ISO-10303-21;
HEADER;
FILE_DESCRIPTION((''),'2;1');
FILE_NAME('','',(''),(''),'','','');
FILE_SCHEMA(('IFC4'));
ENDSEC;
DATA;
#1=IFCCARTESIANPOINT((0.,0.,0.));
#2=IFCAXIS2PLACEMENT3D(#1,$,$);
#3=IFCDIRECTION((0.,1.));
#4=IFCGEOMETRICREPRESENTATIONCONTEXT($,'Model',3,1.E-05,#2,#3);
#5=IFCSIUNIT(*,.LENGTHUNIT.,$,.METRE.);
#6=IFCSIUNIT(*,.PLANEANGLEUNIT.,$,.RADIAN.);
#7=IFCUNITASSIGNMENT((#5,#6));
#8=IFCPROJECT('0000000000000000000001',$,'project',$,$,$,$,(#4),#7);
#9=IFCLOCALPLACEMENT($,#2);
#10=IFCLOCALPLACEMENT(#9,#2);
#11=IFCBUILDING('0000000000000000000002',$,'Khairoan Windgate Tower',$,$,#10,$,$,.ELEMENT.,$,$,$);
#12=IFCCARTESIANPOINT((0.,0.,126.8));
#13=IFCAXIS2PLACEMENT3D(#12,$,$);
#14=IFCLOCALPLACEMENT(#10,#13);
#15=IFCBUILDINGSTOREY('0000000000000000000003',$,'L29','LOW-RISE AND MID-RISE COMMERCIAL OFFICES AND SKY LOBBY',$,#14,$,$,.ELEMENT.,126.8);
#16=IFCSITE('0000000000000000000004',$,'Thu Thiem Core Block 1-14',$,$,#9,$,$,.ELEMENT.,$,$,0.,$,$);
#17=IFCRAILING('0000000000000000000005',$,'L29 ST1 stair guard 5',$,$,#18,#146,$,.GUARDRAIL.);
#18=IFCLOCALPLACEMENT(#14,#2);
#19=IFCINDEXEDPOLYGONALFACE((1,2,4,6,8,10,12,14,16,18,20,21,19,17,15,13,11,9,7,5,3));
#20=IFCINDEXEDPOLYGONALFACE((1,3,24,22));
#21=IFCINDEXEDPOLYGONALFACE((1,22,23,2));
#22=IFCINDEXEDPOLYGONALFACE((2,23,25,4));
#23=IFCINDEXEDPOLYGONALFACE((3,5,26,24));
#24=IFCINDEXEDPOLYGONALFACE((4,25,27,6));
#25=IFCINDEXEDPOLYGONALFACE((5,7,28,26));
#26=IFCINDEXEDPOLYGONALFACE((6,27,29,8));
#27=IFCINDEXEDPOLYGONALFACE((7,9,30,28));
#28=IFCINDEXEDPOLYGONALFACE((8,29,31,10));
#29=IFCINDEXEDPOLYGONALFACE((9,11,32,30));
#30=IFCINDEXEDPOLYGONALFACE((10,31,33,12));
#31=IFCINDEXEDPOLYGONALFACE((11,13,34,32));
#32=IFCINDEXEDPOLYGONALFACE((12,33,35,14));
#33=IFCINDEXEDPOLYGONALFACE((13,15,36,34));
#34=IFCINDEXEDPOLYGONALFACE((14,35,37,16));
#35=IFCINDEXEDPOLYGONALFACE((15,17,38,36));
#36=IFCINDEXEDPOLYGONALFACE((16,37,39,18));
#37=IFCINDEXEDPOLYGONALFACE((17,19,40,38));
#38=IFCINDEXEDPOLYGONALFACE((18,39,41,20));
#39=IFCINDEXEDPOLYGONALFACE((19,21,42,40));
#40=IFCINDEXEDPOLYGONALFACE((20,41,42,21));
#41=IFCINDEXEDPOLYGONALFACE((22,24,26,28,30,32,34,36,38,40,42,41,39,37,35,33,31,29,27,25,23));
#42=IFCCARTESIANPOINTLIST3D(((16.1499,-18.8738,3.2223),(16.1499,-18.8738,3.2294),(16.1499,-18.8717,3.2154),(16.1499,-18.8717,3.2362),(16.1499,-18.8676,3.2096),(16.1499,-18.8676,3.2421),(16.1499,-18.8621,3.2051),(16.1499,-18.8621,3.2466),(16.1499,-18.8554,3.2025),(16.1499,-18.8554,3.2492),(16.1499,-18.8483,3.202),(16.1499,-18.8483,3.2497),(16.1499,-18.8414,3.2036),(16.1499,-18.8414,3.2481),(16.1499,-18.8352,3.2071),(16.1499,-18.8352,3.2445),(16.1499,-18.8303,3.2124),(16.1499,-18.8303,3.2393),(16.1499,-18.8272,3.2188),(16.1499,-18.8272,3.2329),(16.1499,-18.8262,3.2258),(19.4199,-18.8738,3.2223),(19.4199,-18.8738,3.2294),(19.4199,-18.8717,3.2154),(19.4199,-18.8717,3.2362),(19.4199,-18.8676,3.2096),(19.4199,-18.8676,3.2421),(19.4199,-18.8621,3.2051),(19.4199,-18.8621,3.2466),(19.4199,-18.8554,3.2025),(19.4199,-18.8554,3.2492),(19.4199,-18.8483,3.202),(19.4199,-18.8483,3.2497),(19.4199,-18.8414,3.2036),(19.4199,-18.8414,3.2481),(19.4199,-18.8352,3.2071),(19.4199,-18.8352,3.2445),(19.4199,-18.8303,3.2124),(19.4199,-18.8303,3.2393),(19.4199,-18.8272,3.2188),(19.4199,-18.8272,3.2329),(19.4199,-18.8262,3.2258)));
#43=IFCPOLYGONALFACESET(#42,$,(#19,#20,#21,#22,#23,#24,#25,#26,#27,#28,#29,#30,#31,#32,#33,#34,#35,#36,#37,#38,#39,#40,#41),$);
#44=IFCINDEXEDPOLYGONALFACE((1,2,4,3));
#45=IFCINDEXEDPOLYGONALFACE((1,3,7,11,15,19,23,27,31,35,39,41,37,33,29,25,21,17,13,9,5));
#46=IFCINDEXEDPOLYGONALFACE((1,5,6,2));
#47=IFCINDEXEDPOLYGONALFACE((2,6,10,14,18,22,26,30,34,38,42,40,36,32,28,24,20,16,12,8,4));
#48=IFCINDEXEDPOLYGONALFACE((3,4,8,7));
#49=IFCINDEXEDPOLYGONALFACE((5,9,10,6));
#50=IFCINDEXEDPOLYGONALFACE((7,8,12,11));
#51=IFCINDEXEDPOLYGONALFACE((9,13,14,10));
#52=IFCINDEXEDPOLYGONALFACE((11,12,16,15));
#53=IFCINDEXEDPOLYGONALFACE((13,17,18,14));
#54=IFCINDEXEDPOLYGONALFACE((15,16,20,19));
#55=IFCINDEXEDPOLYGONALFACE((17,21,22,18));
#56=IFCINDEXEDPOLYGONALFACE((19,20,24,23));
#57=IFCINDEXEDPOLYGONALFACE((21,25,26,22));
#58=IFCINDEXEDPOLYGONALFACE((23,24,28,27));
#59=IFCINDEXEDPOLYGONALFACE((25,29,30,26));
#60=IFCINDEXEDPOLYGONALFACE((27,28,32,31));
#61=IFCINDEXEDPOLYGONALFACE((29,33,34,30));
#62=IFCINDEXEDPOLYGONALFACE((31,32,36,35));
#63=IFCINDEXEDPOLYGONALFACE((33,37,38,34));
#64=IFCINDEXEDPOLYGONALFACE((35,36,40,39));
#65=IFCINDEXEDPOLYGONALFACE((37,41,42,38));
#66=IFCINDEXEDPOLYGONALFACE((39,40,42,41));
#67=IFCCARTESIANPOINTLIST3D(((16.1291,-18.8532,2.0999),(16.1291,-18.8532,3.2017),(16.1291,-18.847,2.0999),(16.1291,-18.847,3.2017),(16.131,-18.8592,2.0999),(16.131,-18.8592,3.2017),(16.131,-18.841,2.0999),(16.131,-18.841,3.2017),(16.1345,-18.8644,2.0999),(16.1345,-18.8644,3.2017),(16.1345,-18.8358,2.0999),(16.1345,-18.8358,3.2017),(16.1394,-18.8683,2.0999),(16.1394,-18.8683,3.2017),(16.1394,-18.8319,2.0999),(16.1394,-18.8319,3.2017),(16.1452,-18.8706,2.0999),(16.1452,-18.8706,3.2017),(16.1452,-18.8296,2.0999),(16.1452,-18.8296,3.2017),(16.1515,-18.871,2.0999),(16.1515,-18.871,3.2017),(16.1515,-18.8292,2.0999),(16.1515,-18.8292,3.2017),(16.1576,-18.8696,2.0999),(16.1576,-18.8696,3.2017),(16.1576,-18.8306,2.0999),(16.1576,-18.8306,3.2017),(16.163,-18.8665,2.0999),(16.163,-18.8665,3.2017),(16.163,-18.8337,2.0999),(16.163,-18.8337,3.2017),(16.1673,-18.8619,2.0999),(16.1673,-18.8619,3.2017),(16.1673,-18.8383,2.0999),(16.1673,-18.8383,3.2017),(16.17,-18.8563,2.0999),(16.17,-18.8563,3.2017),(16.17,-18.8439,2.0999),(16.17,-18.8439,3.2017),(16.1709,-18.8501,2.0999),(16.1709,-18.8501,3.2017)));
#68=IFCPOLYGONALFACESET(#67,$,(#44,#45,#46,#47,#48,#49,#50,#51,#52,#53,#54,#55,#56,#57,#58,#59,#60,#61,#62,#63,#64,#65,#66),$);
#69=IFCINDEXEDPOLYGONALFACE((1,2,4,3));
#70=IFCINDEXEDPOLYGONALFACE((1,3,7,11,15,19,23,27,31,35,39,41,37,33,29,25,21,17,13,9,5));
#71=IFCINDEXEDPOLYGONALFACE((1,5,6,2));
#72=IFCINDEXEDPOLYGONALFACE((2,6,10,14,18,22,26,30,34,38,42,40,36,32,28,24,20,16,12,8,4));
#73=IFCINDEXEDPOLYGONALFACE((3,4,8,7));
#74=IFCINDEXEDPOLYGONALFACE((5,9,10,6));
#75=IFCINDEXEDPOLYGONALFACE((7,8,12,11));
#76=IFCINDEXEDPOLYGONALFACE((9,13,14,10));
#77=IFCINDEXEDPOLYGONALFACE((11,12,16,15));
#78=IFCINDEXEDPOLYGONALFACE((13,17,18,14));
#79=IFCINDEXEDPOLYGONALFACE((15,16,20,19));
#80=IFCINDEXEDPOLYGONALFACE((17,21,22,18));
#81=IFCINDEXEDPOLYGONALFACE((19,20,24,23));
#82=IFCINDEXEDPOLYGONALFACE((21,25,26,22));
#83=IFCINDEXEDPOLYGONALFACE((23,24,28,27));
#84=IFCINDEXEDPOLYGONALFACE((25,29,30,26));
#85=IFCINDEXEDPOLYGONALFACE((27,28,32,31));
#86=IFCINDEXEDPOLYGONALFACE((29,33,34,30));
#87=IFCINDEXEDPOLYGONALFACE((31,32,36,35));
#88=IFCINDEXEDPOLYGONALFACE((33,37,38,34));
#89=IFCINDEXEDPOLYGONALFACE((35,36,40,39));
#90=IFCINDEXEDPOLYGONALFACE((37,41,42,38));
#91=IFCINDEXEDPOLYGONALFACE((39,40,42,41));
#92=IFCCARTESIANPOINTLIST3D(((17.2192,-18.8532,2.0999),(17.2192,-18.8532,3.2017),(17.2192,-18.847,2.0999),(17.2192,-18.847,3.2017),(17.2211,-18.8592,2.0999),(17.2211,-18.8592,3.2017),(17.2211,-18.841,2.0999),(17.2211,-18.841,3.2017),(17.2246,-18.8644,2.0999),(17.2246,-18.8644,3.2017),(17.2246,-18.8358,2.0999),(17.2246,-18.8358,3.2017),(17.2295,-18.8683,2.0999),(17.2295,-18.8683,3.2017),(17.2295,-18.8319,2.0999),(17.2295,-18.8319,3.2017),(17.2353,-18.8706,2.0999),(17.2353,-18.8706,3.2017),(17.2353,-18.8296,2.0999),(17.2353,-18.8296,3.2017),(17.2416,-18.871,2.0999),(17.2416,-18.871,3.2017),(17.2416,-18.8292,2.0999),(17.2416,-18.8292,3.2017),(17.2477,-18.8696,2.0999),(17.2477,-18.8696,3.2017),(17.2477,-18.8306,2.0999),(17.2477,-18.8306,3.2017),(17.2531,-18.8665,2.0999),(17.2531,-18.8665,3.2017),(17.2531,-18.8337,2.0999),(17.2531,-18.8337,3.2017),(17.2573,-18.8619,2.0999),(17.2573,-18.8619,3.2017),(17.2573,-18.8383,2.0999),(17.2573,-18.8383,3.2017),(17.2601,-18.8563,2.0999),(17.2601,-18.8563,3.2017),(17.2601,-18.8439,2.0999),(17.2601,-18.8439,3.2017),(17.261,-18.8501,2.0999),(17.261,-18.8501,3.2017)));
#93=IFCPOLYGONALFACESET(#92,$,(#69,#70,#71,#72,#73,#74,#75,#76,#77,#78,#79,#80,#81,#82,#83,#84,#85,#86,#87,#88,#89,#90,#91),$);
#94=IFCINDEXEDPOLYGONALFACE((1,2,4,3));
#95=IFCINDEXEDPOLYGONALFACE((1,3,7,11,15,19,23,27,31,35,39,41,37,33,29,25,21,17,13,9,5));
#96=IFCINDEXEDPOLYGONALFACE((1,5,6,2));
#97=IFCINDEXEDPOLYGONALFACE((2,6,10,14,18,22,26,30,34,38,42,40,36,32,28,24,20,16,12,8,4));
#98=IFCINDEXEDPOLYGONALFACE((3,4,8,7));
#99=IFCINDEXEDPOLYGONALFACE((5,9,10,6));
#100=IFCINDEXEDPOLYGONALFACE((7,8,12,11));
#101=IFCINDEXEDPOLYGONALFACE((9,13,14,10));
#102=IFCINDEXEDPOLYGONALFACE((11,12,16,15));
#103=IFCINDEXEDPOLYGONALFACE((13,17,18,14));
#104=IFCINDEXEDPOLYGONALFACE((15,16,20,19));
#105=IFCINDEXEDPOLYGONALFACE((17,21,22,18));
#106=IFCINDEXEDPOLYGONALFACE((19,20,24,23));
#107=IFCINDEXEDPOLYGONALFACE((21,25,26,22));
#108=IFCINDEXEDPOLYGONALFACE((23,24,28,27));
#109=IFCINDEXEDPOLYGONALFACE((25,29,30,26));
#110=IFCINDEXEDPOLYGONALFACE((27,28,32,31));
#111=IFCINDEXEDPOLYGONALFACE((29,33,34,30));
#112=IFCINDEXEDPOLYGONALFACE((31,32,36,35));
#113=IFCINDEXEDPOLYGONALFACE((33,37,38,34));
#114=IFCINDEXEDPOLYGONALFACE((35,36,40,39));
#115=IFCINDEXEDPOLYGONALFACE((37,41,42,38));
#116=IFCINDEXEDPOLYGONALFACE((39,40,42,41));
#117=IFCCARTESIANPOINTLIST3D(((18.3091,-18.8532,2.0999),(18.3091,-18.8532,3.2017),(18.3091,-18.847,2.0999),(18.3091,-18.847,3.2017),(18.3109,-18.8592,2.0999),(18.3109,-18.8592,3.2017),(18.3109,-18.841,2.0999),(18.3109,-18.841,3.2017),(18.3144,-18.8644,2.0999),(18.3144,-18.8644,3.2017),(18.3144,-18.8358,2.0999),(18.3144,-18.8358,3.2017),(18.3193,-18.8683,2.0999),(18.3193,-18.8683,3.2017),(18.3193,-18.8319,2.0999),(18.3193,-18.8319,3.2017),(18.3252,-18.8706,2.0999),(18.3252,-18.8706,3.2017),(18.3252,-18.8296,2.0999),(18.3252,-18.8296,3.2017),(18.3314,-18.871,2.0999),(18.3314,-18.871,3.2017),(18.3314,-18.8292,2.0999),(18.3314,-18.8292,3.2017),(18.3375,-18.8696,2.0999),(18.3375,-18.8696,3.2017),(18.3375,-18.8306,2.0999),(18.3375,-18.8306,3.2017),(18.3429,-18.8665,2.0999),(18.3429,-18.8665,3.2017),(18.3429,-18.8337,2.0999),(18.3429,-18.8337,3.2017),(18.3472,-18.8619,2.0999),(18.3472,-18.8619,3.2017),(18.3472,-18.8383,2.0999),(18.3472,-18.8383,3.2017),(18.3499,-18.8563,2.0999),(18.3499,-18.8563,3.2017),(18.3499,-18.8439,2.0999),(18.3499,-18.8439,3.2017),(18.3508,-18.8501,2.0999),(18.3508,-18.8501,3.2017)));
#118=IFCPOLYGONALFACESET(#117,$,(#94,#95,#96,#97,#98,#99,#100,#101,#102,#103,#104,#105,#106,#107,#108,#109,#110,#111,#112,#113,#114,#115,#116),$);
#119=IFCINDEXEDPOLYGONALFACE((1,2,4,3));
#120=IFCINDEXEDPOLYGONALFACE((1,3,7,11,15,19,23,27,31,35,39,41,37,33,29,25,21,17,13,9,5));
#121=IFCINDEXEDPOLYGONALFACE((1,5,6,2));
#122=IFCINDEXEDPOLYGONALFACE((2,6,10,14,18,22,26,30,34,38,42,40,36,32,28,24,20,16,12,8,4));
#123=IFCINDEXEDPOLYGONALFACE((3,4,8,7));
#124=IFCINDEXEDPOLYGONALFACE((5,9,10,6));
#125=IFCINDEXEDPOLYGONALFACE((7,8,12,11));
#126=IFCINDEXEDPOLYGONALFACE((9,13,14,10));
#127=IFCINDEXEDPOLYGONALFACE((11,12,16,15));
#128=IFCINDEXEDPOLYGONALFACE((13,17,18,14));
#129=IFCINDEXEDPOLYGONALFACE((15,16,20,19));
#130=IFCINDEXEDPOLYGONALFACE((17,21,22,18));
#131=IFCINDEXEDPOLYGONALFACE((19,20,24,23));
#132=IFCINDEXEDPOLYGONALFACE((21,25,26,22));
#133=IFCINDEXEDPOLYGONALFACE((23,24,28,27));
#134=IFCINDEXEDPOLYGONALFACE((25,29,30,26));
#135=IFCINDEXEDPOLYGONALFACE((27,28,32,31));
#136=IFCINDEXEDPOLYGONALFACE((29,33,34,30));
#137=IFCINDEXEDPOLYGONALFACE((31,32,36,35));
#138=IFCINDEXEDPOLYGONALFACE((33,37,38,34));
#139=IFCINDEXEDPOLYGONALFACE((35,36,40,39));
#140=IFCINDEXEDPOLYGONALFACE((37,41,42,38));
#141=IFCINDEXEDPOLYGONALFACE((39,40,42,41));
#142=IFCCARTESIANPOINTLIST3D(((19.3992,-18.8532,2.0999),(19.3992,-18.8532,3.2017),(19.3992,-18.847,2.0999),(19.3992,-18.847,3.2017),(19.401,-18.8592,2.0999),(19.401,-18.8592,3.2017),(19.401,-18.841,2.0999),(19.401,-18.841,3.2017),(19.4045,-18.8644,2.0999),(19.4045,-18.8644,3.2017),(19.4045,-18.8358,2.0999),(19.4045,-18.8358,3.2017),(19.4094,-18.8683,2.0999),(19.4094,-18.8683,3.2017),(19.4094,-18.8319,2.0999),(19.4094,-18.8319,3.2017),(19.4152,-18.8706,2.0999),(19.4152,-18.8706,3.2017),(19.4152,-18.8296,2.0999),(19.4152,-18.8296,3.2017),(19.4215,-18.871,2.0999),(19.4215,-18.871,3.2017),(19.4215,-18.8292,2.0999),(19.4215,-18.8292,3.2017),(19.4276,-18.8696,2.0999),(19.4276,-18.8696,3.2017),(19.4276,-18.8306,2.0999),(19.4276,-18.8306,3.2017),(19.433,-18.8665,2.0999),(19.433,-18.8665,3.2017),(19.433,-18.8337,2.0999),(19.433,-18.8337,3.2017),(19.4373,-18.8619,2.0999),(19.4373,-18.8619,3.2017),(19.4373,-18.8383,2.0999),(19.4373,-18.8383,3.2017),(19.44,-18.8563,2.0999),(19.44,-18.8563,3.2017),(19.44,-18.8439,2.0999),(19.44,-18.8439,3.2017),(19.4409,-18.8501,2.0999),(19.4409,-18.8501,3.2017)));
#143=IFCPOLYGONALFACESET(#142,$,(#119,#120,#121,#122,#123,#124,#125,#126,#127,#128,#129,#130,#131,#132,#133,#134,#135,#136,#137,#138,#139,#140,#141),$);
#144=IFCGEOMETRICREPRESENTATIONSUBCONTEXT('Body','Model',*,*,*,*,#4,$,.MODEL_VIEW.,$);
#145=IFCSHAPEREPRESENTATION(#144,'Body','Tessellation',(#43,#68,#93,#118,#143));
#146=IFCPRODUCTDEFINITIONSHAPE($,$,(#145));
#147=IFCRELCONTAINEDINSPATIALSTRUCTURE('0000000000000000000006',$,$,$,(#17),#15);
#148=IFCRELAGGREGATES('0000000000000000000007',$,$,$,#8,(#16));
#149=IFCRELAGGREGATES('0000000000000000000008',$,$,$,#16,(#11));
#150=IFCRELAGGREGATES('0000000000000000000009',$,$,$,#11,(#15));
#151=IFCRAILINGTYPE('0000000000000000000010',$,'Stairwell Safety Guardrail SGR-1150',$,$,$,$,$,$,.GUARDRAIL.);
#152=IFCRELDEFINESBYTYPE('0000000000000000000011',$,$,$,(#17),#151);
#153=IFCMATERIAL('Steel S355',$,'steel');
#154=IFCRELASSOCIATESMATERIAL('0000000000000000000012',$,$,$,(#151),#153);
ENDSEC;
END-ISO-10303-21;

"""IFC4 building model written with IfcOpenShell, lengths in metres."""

from ifc_helpers import new_model, si_unit, direction, frame, origin, origin_2d, place, context, subcontext, project, spatial, circle, extrude, material, type_object, element, save


model = new_model("IFC4")

# Units and contexts
model_context = context("Model", 3, precision=1e-05, world=origin(), true_north=direction((0.0, 1.0)))
body_context = subcontext(model_context, "Body", "Model", "MODEL_VIEW")
ifc_project = project(units=[si_unit("LENGTHUNIT", "METRE"), si_unit("PLANEANGLEUNIT", "RADIAN")], contexts=[model_context])

# Site, building, storey
site_placement = place(None, origin())
site = spatial("IfcSite", under=ifc_project, at=site_placement, Name="Thu Thiem Core Block 1-14", CompositionType="ELEMENT", RefElevation=0.0)
building_placement = place(site_placement, origin())
building = spatial("IfcBuilding", under=site, at=building_placement, Name="Khairoan Windgate Tower", CompositionType="ELEMENT")
storey_placement = place(building_placement, frame((0.0, 0.0, 126.8)))
storey = spatial("IfcBuildingStorey", under=building, at=storey_placement, Name="L29", Description="LOW-RISE AND MID-RISE COMMERCIAL OFFICES AND SKY LOBBY", CompositionType="ELEMENT", Elevation=126.8)

# Railing
ifc_material_1 = material(Name="Steel S355", Category="steel")
railing_type = type_object("IfcRailingType", Name="Stairwell Safety Guardrail SGR-1150", PredefinedType="GUARDRAIL", material=ifc_material_1)
railing_1_placement = place(storey_placement, frame((16.1499, -18.8501, 2.0999)))
element("IfcRailing", 1, at=railing_1_placement, inside=storey, type_object=railing_type, Name="L29 ST1 stair guard 5", PredefinedType="GUARDRAIL", context=body_context, shape_type="SweptSolid", body=[
    extrude(circle(Radius=0.0239, at=origin_2d()), frame((0.0, 0.0, 1.126), z_axis=(1.0, 0.0, 0.0), x_axis=(0.0, 1.0, 0.0)), (0.0, 0.0, 1.0), 3.27),
    extrude(circle(Radius=0.021, at=origin_2d()), origin(), (0.0, 0.0, 1.0), 1.1018),
    extrude(circle(Radius=0.021, at=origin_2d()), frame((1.0901, 0.0, 0.0)), (0.0, 0.0, 1.0), 1.1018),
    extrude(circle(Radius=0.021, at=origin_2d()), frame((2.1799, 0.0, 0.0)), (0.0, 0.0, 1.0), 1.1018),
    extrude(circle(Radius=0.021, at=origin_2d()), frame((3.27, 0.0, 0.0)), (0.0, 0.0, 1.0), 1.1018),
])

save(model, "model.ifc")
